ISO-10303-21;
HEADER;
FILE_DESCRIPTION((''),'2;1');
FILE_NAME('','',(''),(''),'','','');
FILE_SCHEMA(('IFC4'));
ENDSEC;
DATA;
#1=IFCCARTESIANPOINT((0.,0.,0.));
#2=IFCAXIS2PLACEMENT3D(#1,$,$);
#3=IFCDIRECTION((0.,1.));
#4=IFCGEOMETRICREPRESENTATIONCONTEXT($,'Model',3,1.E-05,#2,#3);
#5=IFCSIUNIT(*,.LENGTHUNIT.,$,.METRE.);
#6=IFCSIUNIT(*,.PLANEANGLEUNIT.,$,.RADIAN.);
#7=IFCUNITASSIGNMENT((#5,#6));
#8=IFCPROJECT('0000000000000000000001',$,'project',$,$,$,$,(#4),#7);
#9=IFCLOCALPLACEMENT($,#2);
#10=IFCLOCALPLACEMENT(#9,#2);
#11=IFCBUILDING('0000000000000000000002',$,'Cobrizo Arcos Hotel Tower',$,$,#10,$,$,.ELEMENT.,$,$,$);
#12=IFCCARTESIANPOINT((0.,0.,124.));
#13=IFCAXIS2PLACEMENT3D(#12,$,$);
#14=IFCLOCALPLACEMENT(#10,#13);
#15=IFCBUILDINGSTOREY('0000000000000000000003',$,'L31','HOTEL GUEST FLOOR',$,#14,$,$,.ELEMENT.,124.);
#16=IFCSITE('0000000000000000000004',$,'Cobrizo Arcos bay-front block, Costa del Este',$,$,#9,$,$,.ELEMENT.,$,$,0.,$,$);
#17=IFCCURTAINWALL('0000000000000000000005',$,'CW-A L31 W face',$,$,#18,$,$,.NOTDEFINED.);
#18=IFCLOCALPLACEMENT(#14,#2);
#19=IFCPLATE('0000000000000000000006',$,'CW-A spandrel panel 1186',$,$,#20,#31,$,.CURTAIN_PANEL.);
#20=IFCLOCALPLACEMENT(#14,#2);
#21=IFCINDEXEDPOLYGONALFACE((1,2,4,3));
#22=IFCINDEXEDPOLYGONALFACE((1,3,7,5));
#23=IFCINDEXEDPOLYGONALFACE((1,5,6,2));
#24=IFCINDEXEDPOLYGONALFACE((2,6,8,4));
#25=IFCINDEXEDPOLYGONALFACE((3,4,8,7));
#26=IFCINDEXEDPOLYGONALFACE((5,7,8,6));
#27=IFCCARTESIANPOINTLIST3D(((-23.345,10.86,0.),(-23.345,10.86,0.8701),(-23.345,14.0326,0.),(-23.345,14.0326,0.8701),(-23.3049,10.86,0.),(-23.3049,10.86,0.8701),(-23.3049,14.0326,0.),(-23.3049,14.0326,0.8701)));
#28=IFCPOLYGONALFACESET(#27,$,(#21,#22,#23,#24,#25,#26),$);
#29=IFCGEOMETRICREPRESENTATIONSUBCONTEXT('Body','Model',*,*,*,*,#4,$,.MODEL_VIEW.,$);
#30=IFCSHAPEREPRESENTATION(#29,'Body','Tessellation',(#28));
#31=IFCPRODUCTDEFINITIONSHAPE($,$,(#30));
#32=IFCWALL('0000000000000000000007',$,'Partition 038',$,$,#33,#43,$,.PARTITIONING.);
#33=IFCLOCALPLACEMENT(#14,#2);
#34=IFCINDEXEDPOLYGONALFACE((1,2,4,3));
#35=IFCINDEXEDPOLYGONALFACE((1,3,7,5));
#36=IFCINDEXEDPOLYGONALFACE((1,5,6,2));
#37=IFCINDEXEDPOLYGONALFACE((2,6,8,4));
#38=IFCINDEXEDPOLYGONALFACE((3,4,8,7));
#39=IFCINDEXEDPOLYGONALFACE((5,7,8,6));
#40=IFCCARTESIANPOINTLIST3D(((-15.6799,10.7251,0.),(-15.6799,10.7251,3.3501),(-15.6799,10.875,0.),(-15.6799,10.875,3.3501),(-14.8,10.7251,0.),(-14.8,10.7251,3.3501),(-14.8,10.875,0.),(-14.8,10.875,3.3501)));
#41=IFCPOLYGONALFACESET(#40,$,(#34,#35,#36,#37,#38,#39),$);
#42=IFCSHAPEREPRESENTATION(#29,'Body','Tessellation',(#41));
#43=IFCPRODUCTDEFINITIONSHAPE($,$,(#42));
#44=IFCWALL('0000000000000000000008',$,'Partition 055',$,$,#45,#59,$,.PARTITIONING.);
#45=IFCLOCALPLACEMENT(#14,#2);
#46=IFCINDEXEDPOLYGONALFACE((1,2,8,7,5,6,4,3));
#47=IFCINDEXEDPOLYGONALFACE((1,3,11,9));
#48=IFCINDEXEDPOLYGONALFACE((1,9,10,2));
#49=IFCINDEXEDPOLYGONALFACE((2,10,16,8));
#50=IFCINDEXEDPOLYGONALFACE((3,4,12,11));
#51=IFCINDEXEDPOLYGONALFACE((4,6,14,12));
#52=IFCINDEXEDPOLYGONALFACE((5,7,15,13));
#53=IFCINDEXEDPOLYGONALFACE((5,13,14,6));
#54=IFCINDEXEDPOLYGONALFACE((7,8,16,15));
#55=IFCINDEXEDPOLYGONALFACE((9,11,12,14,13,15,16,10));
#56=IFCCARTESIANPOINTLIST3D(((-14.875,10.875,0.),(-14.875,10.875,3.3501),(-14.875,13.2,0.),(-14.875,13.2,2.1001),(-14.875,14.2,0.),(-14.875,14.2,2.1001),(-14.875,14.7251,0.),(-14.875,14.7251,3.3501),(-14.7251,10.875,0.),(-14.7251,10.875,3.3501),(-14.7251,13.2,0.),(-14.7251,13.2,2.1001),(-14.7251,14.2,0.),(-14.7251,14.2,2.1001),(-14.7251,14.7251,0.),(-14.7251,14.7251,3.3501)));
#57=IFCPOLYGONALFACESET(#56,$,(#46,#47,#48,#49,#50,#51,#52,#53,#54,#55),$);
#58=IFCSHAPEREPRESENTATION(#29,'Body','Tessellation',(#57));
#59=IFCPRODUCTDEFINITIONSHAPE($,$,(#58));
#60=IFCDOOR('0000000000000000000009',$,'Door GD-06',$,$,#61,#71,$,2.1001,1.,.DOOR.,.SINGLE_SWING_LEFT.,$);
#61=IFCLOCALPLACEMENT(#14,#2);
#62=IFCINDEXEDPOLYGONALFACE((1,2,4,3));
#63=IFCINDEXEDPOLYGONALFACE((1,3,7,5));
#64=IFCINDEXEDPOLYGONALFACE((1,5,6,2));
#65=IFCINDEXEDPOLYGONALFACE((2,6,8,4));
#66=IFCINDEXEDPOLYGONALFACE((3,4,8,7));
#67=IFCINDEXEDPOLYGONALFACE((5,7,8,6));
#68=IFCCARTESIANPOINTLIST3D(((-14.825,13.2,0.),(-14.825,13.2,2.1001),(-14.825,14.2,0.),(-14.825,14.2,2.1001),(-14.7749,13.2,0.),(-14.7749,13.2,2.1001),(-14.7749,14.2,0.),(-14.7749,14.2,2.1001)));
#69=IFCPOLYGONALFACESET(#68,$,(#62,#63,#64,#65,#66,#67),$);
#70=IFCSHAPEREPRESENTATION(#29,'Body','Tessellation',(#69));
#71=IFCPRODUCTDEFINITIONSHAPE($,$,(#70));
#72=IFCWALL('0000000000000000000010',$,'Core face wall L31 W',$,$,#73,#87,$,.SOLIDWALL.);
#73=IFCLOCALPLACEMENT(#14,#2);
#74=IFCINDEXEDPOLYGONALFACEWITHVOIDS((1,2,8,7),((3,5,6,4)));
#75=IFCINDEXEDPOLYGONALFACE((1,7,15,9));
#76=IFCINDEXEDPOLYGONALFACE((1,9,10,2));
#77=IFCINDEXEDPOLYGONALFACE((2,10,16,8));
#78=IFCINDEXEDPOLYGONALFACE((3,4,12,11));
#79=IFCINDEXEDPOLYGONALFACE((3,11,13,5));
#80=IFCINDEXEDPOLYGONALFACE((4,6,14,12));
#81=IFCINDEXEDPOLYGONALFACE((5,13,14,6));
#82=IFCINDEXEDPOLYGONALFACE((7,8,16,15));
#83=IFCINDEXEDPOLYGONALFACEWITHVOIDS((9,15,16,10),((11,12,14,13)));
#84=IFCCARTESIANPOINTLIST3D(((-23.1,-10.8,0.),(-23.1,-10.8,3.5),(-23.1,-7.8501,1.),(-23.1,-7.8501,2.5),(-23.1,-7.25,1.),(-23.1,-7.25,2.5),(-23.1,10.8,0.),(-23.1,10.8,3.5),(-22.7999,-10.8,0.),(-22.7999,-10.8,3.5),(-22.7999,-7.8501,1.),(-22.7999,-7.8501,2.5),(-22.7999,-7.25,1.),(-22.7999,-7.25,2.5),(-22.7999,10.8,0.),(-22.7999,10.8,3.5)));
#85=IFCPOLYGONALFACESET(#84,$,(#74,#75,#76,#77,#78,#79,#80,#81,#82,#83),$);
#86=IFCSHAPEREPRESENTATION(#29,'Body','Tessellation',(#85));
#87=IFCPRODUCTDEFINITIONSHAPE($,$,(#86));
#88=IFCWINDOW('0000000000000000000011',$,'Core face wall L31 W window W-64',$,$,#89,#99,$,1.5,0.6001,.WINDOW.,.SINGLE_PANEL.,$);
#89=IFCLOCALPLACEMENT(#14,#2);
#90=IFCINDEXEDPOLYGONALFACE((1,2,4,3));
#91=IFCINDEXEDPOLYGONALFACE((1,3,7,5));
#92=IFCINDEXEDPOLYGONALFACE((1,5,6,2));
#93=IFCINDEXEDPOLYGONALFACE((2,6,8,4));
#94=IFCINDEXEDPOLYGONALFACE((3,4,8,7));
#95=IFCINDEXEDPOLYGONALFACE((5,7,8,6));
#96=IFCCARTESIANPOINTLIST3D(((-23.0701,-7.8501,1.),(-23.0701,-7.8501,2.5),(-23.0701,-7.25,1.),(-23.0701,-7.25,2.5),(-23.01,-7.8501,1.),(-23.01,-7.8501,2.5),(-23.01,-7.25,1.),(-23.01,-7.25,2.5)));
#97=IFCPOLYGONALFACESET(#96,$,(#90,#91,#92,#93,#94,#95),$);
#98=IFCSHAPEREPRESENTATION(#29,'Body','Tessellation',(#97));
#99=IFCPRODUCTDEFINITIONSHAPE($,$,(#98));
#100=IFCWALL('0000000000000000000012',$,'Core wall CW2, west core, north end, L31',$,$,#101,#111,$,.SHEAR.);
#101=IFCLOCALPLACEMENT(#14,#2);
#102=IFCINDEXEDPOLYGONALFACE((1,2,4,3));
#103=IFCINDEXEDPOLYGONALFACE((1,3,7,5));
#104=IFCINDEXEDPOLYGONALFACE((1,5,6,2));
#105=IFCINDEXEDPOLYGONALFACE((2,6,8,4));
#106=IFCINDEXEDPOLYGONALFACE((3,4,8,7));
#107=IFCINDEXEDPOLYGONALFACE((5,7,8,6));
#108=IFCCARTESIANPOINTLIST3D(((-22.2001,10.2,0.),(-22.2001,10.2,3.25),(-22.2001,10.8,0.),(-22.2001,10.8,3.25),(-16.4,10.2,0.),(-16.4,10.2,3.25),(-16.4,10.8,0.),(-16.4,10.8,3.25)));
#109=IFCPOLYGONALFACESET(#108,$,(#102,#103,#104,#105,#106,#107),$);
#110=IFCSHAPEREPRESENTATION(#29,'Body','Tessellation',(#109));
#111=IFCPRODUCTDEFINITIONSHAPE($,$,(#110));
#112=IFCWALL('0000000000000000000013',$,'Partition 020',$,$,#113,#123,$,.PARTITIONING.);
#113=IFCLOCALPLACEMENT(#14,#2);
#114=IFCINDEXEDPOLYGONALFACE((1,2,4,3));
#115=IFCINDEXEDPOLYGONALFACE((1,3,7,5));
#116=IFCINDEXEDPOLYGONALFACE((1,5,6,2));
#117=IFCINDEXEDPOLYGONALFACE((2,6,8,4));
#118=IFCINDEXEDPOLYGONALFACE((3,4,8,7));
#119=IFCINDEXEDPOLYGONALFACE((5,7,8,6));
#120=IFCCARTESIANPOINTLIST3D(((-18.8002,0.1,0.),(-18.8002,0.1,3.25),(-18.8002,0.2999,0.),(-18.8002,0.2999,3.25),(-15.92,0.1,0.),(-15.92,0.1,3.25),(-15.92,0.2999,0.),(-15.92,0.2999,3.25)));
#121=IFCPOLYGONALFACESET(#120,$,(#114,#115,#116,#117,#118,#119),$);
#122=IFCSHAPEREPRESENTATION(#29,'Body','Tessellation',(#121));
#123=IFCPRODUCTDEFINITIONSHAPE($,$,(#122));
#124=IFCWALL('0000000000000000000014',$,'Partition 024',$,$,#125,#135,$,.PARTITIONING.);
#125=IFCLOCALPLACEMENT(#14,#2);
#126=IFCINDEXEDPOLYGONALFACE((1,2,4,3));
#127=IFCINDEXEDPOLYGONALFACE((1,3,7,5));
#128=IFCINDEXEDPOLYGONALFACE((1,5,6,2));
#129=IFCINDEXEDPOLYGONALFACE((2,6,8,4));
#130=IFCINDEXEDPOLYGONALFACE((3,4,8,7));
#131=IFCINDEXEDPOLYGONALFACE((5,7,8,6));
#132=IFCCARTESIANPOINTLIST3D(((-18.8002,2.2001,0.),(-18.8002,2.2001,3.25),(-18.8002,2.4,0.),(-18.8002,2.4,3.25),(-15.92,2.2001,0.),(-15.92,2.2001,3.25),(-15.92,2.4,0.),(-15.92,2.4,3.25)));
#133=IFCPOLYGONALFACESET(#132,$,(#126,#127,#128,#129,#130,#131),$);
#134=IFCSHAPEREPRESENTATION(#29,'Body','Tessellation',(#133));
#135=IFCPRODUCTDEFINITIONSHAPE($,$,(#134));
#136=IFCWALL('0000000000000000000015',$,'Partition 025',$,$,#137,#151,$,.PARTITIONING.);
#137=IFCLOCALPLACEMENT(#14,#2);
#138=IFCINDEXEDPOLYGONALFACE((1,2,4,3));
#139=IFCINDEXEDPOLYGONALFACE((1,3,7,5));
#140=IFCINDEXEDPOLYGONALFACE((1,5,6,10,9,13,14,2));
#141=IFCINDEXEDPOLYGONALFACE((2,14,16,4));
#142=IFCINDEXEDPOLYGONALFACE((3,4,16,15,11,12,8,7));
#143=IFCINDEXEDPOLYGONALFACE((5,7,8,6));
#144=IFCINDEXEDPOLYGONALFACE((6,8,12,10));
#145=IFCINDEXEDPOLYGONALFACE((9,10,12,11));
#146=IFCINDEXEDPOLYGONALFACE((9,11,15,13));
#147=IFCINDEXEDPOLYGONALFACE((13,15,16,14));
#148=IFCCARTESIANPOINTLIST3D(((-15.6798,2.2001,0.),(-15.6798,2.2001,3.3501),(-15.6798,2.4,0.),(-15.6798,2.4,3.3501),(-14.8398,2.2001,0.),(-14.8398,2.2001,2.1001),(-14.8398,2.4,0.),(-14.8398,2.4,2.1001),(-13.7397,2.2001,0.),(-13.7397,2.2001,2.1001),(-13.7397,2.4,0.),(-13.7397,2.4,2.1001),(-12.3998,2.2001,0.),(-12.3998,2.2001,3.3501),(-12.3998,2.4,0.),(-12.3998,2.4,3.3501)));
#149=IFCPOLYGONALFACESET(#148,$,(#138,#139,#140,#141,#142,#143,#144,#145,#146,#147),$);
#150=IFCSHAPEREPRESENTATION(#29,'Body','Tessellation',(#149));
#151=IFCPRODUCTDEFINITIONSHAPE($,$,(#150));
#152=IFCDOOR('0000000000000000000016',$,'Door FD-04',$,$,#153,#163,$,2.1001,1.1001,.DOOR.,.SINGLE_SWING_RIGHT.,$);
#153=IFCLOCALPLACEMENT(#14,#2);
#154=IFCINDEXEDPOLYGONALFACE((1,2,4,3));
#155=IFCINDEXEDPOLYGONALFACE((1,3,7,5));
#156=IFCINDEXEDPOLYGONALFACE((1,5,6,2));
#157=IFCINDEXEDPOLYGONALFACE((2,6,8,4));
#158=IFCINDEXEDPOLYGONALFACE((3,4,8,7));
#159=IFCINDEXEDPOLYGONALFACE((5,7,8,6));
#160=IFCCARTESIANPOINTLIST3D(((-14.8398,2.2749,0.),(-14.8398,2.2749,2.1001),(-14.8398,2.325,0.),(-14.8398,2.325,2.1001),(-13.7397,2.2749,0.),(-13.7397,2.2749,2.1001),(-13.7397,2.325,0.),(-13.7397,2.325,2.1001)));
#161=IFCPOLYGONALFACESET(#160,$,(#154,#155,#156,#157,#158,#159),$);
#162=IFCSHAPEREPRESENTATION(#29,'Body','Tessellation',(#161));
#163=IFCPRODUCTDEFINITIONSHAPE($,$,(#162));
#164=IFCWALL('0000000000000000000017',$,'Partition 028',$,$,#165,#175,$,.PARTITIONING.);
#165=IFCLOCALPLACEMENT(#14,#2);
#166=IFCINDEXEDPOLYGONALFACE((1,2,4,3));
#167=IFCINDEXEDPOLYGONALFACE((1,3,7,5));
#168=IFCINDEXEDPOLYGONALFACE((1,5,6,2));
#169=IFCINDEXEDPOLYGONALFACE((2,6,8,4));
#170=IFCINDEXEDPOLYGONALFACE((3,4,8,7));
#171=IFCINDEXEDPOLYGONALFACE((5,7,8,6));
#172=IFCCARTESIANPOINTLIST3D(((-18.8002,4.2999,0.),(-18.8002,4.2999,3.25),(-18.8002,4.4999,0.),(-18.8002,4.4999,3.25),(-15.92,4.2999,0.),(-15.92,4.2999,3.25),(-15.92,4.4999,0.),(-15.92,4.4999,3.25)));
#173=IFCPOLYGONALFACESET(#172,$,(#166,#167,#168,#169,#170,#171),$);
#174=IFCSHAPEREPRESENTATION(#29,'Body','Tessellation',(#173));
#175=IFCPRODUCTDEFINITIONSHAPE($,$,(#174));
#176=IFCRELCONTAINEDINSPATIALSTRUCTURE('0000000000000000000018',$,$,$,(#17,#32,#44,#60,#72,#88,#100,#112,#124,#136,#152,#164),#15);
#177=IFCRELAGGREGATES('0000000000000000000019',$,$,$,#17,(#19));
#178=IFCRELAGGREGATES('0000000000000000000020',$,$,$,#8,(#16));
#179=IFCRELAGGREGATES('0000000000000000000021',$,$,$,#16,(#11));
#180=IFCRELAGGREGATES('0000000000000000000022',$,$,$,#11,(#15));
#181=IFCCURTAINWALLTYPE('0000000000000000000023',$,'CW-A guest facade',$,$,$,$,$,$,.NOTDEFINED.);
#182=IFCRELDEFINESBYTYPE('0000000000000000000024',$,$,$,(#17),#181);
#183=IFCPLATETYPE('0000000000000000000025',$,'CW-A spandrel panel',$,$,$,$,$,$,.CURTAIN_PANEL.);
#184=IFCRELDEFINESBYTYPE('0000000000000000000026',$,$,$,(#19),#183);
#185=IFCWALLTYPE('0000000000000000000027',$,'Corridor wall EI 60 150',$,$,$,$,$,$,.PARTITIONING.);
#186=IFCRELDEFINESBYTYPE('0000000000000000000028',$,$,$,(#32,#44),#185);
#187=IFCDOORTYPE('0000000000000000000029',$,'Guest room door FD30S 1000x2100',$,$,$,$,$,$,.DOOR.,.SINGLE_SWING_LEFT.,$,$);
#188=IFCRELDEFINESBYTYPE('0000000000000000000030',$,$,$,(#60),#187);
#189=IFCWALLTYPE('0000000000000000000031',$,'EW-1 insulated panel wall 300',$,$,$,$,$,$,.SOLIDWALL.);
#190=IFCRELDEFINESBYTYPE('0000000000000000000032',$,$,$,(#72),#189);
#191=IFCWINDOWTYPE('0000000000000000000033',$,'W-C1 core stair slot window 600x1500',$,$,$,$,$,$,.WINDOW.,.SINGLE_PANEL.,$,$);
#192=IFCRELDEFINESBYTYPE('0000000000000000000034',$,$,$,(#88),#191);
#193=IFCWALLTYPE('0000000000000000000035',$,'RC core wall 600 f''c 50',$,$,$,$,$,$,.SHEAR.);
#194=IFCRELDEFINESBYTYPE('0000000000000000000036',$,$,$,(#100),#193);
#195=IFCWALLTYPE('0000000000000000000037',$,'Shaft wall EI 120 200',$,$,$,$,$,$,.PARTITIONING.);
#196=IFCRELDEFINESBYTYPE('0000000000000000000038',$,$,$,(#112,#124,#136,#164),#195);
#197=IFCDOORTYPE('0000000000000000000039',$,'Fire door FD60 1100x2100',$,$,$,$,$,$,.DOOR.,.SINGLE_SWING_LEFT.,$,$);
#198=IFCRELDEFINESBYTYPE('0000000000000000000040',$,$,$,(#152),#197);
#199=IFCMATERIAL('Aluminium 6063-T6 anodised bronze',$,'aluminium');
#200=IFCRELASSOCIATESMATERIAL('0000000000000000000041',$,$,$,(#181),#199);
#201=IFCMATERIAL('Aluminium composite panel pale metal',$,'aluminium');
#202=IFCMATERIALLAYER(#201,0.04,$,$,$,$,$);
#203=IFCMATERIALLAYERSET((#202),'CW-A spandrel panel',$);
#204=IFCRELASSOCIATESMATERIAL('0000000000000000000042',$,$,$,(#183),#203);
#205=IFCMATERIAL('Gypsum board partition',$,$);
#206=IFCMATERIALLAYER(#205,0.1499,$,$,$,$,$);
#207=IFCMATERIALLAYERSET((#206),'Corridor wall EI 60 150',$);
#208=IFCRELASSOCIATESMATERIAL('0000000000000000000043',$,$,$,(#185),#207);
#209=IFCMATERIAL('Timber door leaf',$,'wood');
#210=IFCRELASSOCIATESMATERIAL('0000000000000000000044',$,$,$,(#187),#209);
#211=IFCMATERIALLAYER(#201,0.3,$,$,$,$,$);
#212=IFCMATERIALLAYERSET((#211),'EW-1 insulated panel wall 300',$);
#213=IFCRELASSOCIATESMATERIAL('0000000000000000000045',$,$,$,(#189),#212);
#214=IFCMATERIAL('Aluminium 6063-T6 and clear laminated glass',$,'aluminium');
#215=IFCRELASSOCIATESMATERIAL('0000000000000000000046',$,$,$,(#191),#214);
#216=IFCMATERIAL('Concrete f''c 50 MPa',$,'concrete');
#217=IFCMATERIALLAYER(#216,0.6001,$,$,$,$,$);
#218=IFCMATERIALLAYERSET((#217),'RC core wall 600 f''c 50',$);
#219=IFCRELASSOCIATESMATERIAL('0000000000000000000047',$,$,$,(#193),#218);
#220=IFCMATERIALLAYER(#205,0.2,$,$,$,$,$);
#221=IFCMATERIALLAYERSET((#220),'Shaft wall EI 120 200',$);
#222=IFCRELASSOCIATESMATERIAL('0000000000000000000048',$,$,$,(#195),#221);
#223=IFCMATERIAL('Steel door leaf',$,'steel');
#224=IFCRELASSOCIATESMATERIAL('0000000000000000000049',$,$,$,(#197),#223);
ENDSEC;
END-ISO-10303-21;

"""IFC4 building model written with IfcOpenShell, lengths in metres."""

from ifc_helpers import new_model, si_unit, direction, frame, frame_2d, origin, origin_2d, place, context, subcontext, project, spatial, rectangle, extrude, material, layer, layer_set, type_object, element, fill, aggregate, save


model = new_model("IFC4")

# Units and contexts
model_context = context("Model", 3, precision=1e-05, world=origin(), true_north=direction((0.0, 1.0)))
body_context = subcontext(model_context, "Body", "Model", "MODEL_VIEW")
ifc_project = project(units=[si_unit("LENGTHUNIT", "METRE"), si_unit("PLANEANGLEUNIT", "RADIAN")], contexts=[model_context])

# Site, building, storey
site_placement = place(None, origin())
site = spatial("IfcSite", under=ifc_project, at=site_placement, Name="Cobrizo Arcos bay-front block, Costa del Este", CompositionType="ELEMENT", RefElevation=0.0)
building_placement = place(site_placement, origin())
building = spatial("IfcBuilding", under=site, at=building_placement, Name="Cobrizo Arcos Hotel Tower", CompositionType="ELEMENT")
storey_placement = place(building_placement, frame((0.0, 0.0, 124.0)))
storey = spatial("IfcBuildingStorey", under=building, at=storey_placement, Name="L31", Description="HOTEL GUEST FLOOR", CompositionType="ELEMENT", Elevation=124.0)

# Curtain wall
ifc_material_1 = material(Name="Aluminium 6063-T6 anodised bronze", Category="aluminium")
curtain_wall_type = type_object("IfcCurtainWallType", Name="CW-A guest facade", PredefinedType="NOTDEFINED", material=ifc_material_1)
curtain_wall_placement = place(storey_placement, origin())
curtain_wall = element("IfcCurtainWall", 1, at=curtain_wall_placement, inside=storey, type_object=curtain_wall_type, Name="CW-A L31 W face", PredefinedType="NOTDEFINED")

# Plate
ifc_material_2 = material(Name="Aluminium composite panel pale metal", Category="aluminium")
ifc_layer_1 = layer(ifc_material_2, 0.04)
ifc_layer_set_1 = layer_set([ifc_layer_1], Name="CW-A spandrel panel")
plate_type_1 = type_object("IfcPlateType", Name="CW-A spandrel panel", PredefinedType="CURTAIN_PANEL", material=ifc_layer_set_1)
plate_1_placement = place(storey_placement, frame((-23.325, 12.4463, 0.0), z_axis=(0.0, 0.0, 1.0), x_axis=(0.0, -1.0, 0.0)))
plate_1 = element("IfcPlate", 2, at=plate_1_placement, type_object=plate_type_1, Name="CW-A spandrel panel 1186", PredefinedType="CURTAIN_PANEL", context=body_context, shape_type="SweptSolid", body=[
    extrude(rectangle(XDim=3.1726, YDim=0.04, at=origin_2d()), origin(), (0.0, 0.0, 1.0), 0.8701),
])
aggregate(curtain_wall, [plate_1])

# Wall
ifc_material_3 = material(Name="Gypsum board partition")
ifc_layer_2 = layer(ifc_material_3, 0.1499)
ifc_layer_set_2 = layer_set([ifc_layer_2], Name="Corridor wall EI 60 150")
wall_type_1 = type_object("IfcWallType", Name="Corridor wall EI 60 150", PredefinedType="PARTITIONING", material=ifc_layer_set_2)
wall_1_placement = place(storey_placement, frame((-15.6799, 10.8, 0.0), z_axis=(0.0, 0.0, 1.0), x_axis=(1.0, 0.0, 0.0)))
element("IfcWall", 3, at=wall_1_placement, inside=storey, type_object=wall_type_1, Name="Partition 038", PredefinedType="PARTITIONING", context=body_context, shape_type="SweptSolid", body=[
    extrude(rectangle(XDim=0.8799, YDim=0.1499, at=frame_2d((0.4399, 0.0))), origin(), (0.0, 0.0, 1.0), 3.3501),
])

# Wall, opening, door
wall_2_placement = place(storey_placement, frame((-14.8, 10.875, 0.0), z_axis=(0.0, 0.0, 1.0), x_axis=(0.0, 1.0, 0.0)))
wall_2 = element("IfcWall", 4, at=wall_2_placement, inside=storey, type_object=wall_type_1, Name="Partition 055", PredefinedType="PARTITIONING", context=body_context, shape_type="SweptSolid", body=[
    extrude(rectangle(XDim=3.8501, YDim=0.1499, at=frame_2d((1.925, 0.0))), origin(), (0.0, 0.0, 1.0), 3.3501),
])
opening_1_placement = place(wall_2_placement, frame((2.325, 0.0, 0.0)))
opening_1 = element("IfcOpeningElement", 5, at=opening_1_placement, cuts=wall_2, PredefinedType="OPENING", context=body_context, shape_type="SweptSolid", body=[
    extrude(rectangle(XDim=1.0, YDim=2.1001, at=frame_2d((0.5, 1.05))), frame((0.0, 0.0869, 0.0), z_axis=(0.0, -1.0, 0.0), x_axis=(1.0, 0.0, 0.0)), (0.0, 0.0, 1.0), 0.1738),
])
ifc_material_4 = material(Name="Timber door leaf", Category="wood")
door_type_1 = type_object("IfcDoorType", Name="Guest room door FD30S 1000x2100", OperationType="SINGLE_SWING_LEFT", PredefinedType="DOOR", material=ifc_material_4)
door_1_placement = place(opening_1_placement, origin())
door_1 = element("IfcDoor", 6, at=door_1_placement, inside=storey, type_object=door_type_1, Name="Door GD-06", OperationType="SINGLE_SWING_LEFT", OverallHeight=2.1001, OverallWidth=1.0, PredefinedType="DOOR", context=body_context, shape_type="SweptSolid", body=[
    extrude(rectangle(XDim=1.0, YDim=2.1001, at=frame_2d((0.5, 1.05))), frame((0.0, 0.0249, 0.0), z_axis=(0.0, -1.0, 0.0), x_axis=(1.0, 0.0, 0.0)), (0.0, 0.0, 1.0), 0.05),
])
fill(opening_1, door_1)

# Wall, opening, window
ifc_layer_3 = layer(ifc_material_2, 0.3)
ifc_layer_set_3 = layer_set([ifc_layer_3], Name="EW-1 insulated panel wall 300")
wall_type_2 = type_object("IfcWallType", Name="EW-1 insulated panel wall 300", PredefinedType="SOLIDWALL", material=ifc_layer_set_3)
wall_3_placement = place(storey_placement, frame((-22.95, 10.8, 0.0), z_axis=(0.0, 0.0, 1.0), x_axis=(0.0, -1.0, 0.0)))
wall_3 = element("IfcWall", 7, at=wall_3_placement, inside=storey, type_object=wall_type_2, Name="Core face wall L31 W", PredefinedType="SOLIDWALL", context=body_context, shape_type="SweptSolid", body=[
    extrude(rectangle(XDim=21.6001, YDim=0.3, at=frame_2d((10.8, 0.0))), origin(), (0.0, 0.0, 1.0), 3.5),
])
opening_2_placement = place(wall_3_placement, frame((18.05, 0.0, 1.0)))
opening_2 = element("IfcOpeningElement", 8, at=opening_2_placement, cuts=wall_3, PredefinedType="OPENING", context=body_context, shape_type="SweptSolid", body=[
    extrude(rectangle(XDim=0.6001, YDim=1.5, at=frame_2d((0.3, 0.75))), frame((0.0, 0.1621, 0.0), z_axis=(0.0, -1.0, 0.0), x_axis=(1.0, 0.0, 0.0)), (0.0, 0.0, 1.0), 0.324),
])
ifc_material_5 = material(Name="Aluminium 6063-T6 and clear laminated glass", Category="aluminium")
window_type = type_object("IfcWindowType", Name="W-C1 core stair slot window 600x1500", PartitioningType="SINGLE_PANEL", PredefinedType="WINDOW", material=ifc_material_5)
window_placement = place(opening_2_placement, origin())
window = element("IfcWindow", 9, at=window_placement, inside=storey, type_object=window_type, Name="Core face wall L31 W window W-64", OverallHeight=1.5, OverallWidth=0.6001, PartitioningType="SINGLE_PANEL", PredefinedType="WINDOW", context=body_context, shape_type="SweptSolid", body=[
    extrude(rectangle(XDim=0.6001, YDim=1.5, at=frame_2d((0.3, 0.75))), frame((0.0, -0.0601, 0.0), z_axis=(0.0, -1.0, 0.0), x_axis=(1.0, 0.0, 0.0)), (0.0, 0.0, 1.0), 0.0601),
])
fill(opening_2, window)

# Walls
ifc_material_6 = material(Name="Concrete f'c 50 MPa", Category="concrete")
ifc_layer_4 = layer(ifc_material_6, 0.6001)
ifc_layer_set_4 = layer_set([ifc_layer_4], Name="RC core wall 600 f'c 50")
wall_type_3 = type_object("IfcWallType", Name="RC core wall 600 f'c 50", PredefinedType="SHEAR", material=ifc_layer_set_4)
wall_4_placement = place(storey_placement, frame((-22.2, 10.5, 0.0), z_axis=(0.0, 0.0, 1.0), x_axis=(1.0, 0.0, 0.0)))
element("IfcWall", 10, at=wall_4_placement, inside=storey, type_object=wall_type_3, Name="Core wall CW2, west core, north end, L31", PredefinedType="SHEAR", context=body_context, shape_type="SweptSolid", body=[
    extrude(rectangle(XDim=5.8, YDim=0.6001, at=frame_2d((2.8999, 0.0))), origin(), (0.0, 0.0, 1.0), 3.25),
])
ifc_layer_5 = layer(ifc_material_3, 0.2)
ifc_layer_set_5 = layer_set([ifc_layer_5], Name="Shaft wall EI 120 200")
wall_type_4 = type_object("IfcWallType", Name="Shaft wall EI 120 200", PredefinedType="PARTITIONING", material=ifc_layer_set_5)
for number, where, z_axis, x_axis, name in (
    (11, (-18.8, 0.2, 0.0), (0.0, 0.0, 1.0), (1.0, 0.0, 0.0), "Partition 020"),
    (12, (-18.8, 2.3, 0.0), (0.0, 0.0, 1.0), (1.0, 0.0, 0.0), "Partition 024"),
):
    element("IfcWall", number, at=place(storey_placement, frame(where, z_axis=z_axis, x_axis=x_axis)), inside=storey, type_object=wall_type_4, Name=name, PredefinedType="PARTITIONING", context=body_context, shape_type="SweptSolid", body=[
        extrude(rectangle(XDim=2.8801, YDim=0.2, at=frame_2d((1.4399, 0.0))), origin(), (0.0, 0.0, 1.0), 3.25),
    ])

# Wall, opening, door
wall_5_placement = place(storey_placement, frame((-15.6799, 2.3, 0.0), z_axis=(0.0, 0.0, 1.0), x_axis=(1.0, 0.0, 0.0)))
wall_5 = element("IfcWall", 13, at=wall_5_placement, inside=storey, type_object=wall_type_4, Name="Partition 025", PredefinedType="PARTITIONING", context=body_context, shape_type="SweptSolid", body=[
    extrude(rectangle(XDim=3.28, YDim=0.2, at=frame_2d((1.6401, 0.0))), origin(), (0.0, 0.0, 1.0), 3.3501),
])
opening_3_placement = place(wall_5_placement, frame((0.8401, 0.0, 0.0)))
opening_3 = element("IfcOpeningElement", 14, at=opening_3_placement, cuts=wall_5, PredefinedType="OPENING", context=body_context, shape_type="SweptSolid", body=[
    extrude(rectangle(XDim=1.1001, YDim=2.1001, at=frame_2d((0.55, 1.05))), frame((0.0, 0.1121, 0.0), z_axis=(0.0, -1.0, 0.0), x_axis=(1.0, 0.0, 0.0)), (0.0, 0.0, 1.0), 0.2239),
])
ifc_material_7 = material(Name="Steel door leaf", Category="steel")
door_type_2 = type_object("IfcDoorType", Name="Fire door FD60 1100x2100", OperationType="SINGLE_SWING_LEFT", PredefinedType="DOOR", material=ifc_material_7)
door_2_placement = place(opening_3_placement, origin())
door_2 = element("IfcDoor", 15, at=door_2_placement, inside=storey, type_object=door_type_2, Name="Door FD-04", OperationType="SINGLE_SWING_RIGHT", OverallHeight=2.1001, OverallWidth=1.1001, PredefinedType="DOOR", context=body_context, shape_type="SweptSolid", body=[
    extrude(rectangle(XDim=1.1001, YDim=2.1001, at=frame_2d((0.55, 1.05))), frame((0.0, 0.0249, 0.0), z_axis=(0.0, -1.0, 0.0), x_axis=(1.0, 0.0, 0.0)), (0.0, 0.0, 1.0), 0.05),
])
fill(opening_3, door_2)

# Wall
for number, where, z_axis, x_axis, name in (
    (16, (-18.8, 4.3999, 0.0), (0.0, 0.0, 1.0), (1.0, 0.0, 0.0), "Partition 028"),
):
    element("IfcWall", number, at=place(storey_placement, frame(where, z_axis=z_axis, x_axis=x_axis)), inside=storey, type_object=wall_type_4, Name=name, PredefinedType="PARTITIONING", context=body_context, shape_type="SweptSolid", body=[
        extrude(rectangle(XDim=2.8801, YDim=0.2, at=frame_2d((1.4399, 0.0))), origin(), (0.0, 0.0, 1.0), 3.25),
    ])

save(model, "model.ifc")
